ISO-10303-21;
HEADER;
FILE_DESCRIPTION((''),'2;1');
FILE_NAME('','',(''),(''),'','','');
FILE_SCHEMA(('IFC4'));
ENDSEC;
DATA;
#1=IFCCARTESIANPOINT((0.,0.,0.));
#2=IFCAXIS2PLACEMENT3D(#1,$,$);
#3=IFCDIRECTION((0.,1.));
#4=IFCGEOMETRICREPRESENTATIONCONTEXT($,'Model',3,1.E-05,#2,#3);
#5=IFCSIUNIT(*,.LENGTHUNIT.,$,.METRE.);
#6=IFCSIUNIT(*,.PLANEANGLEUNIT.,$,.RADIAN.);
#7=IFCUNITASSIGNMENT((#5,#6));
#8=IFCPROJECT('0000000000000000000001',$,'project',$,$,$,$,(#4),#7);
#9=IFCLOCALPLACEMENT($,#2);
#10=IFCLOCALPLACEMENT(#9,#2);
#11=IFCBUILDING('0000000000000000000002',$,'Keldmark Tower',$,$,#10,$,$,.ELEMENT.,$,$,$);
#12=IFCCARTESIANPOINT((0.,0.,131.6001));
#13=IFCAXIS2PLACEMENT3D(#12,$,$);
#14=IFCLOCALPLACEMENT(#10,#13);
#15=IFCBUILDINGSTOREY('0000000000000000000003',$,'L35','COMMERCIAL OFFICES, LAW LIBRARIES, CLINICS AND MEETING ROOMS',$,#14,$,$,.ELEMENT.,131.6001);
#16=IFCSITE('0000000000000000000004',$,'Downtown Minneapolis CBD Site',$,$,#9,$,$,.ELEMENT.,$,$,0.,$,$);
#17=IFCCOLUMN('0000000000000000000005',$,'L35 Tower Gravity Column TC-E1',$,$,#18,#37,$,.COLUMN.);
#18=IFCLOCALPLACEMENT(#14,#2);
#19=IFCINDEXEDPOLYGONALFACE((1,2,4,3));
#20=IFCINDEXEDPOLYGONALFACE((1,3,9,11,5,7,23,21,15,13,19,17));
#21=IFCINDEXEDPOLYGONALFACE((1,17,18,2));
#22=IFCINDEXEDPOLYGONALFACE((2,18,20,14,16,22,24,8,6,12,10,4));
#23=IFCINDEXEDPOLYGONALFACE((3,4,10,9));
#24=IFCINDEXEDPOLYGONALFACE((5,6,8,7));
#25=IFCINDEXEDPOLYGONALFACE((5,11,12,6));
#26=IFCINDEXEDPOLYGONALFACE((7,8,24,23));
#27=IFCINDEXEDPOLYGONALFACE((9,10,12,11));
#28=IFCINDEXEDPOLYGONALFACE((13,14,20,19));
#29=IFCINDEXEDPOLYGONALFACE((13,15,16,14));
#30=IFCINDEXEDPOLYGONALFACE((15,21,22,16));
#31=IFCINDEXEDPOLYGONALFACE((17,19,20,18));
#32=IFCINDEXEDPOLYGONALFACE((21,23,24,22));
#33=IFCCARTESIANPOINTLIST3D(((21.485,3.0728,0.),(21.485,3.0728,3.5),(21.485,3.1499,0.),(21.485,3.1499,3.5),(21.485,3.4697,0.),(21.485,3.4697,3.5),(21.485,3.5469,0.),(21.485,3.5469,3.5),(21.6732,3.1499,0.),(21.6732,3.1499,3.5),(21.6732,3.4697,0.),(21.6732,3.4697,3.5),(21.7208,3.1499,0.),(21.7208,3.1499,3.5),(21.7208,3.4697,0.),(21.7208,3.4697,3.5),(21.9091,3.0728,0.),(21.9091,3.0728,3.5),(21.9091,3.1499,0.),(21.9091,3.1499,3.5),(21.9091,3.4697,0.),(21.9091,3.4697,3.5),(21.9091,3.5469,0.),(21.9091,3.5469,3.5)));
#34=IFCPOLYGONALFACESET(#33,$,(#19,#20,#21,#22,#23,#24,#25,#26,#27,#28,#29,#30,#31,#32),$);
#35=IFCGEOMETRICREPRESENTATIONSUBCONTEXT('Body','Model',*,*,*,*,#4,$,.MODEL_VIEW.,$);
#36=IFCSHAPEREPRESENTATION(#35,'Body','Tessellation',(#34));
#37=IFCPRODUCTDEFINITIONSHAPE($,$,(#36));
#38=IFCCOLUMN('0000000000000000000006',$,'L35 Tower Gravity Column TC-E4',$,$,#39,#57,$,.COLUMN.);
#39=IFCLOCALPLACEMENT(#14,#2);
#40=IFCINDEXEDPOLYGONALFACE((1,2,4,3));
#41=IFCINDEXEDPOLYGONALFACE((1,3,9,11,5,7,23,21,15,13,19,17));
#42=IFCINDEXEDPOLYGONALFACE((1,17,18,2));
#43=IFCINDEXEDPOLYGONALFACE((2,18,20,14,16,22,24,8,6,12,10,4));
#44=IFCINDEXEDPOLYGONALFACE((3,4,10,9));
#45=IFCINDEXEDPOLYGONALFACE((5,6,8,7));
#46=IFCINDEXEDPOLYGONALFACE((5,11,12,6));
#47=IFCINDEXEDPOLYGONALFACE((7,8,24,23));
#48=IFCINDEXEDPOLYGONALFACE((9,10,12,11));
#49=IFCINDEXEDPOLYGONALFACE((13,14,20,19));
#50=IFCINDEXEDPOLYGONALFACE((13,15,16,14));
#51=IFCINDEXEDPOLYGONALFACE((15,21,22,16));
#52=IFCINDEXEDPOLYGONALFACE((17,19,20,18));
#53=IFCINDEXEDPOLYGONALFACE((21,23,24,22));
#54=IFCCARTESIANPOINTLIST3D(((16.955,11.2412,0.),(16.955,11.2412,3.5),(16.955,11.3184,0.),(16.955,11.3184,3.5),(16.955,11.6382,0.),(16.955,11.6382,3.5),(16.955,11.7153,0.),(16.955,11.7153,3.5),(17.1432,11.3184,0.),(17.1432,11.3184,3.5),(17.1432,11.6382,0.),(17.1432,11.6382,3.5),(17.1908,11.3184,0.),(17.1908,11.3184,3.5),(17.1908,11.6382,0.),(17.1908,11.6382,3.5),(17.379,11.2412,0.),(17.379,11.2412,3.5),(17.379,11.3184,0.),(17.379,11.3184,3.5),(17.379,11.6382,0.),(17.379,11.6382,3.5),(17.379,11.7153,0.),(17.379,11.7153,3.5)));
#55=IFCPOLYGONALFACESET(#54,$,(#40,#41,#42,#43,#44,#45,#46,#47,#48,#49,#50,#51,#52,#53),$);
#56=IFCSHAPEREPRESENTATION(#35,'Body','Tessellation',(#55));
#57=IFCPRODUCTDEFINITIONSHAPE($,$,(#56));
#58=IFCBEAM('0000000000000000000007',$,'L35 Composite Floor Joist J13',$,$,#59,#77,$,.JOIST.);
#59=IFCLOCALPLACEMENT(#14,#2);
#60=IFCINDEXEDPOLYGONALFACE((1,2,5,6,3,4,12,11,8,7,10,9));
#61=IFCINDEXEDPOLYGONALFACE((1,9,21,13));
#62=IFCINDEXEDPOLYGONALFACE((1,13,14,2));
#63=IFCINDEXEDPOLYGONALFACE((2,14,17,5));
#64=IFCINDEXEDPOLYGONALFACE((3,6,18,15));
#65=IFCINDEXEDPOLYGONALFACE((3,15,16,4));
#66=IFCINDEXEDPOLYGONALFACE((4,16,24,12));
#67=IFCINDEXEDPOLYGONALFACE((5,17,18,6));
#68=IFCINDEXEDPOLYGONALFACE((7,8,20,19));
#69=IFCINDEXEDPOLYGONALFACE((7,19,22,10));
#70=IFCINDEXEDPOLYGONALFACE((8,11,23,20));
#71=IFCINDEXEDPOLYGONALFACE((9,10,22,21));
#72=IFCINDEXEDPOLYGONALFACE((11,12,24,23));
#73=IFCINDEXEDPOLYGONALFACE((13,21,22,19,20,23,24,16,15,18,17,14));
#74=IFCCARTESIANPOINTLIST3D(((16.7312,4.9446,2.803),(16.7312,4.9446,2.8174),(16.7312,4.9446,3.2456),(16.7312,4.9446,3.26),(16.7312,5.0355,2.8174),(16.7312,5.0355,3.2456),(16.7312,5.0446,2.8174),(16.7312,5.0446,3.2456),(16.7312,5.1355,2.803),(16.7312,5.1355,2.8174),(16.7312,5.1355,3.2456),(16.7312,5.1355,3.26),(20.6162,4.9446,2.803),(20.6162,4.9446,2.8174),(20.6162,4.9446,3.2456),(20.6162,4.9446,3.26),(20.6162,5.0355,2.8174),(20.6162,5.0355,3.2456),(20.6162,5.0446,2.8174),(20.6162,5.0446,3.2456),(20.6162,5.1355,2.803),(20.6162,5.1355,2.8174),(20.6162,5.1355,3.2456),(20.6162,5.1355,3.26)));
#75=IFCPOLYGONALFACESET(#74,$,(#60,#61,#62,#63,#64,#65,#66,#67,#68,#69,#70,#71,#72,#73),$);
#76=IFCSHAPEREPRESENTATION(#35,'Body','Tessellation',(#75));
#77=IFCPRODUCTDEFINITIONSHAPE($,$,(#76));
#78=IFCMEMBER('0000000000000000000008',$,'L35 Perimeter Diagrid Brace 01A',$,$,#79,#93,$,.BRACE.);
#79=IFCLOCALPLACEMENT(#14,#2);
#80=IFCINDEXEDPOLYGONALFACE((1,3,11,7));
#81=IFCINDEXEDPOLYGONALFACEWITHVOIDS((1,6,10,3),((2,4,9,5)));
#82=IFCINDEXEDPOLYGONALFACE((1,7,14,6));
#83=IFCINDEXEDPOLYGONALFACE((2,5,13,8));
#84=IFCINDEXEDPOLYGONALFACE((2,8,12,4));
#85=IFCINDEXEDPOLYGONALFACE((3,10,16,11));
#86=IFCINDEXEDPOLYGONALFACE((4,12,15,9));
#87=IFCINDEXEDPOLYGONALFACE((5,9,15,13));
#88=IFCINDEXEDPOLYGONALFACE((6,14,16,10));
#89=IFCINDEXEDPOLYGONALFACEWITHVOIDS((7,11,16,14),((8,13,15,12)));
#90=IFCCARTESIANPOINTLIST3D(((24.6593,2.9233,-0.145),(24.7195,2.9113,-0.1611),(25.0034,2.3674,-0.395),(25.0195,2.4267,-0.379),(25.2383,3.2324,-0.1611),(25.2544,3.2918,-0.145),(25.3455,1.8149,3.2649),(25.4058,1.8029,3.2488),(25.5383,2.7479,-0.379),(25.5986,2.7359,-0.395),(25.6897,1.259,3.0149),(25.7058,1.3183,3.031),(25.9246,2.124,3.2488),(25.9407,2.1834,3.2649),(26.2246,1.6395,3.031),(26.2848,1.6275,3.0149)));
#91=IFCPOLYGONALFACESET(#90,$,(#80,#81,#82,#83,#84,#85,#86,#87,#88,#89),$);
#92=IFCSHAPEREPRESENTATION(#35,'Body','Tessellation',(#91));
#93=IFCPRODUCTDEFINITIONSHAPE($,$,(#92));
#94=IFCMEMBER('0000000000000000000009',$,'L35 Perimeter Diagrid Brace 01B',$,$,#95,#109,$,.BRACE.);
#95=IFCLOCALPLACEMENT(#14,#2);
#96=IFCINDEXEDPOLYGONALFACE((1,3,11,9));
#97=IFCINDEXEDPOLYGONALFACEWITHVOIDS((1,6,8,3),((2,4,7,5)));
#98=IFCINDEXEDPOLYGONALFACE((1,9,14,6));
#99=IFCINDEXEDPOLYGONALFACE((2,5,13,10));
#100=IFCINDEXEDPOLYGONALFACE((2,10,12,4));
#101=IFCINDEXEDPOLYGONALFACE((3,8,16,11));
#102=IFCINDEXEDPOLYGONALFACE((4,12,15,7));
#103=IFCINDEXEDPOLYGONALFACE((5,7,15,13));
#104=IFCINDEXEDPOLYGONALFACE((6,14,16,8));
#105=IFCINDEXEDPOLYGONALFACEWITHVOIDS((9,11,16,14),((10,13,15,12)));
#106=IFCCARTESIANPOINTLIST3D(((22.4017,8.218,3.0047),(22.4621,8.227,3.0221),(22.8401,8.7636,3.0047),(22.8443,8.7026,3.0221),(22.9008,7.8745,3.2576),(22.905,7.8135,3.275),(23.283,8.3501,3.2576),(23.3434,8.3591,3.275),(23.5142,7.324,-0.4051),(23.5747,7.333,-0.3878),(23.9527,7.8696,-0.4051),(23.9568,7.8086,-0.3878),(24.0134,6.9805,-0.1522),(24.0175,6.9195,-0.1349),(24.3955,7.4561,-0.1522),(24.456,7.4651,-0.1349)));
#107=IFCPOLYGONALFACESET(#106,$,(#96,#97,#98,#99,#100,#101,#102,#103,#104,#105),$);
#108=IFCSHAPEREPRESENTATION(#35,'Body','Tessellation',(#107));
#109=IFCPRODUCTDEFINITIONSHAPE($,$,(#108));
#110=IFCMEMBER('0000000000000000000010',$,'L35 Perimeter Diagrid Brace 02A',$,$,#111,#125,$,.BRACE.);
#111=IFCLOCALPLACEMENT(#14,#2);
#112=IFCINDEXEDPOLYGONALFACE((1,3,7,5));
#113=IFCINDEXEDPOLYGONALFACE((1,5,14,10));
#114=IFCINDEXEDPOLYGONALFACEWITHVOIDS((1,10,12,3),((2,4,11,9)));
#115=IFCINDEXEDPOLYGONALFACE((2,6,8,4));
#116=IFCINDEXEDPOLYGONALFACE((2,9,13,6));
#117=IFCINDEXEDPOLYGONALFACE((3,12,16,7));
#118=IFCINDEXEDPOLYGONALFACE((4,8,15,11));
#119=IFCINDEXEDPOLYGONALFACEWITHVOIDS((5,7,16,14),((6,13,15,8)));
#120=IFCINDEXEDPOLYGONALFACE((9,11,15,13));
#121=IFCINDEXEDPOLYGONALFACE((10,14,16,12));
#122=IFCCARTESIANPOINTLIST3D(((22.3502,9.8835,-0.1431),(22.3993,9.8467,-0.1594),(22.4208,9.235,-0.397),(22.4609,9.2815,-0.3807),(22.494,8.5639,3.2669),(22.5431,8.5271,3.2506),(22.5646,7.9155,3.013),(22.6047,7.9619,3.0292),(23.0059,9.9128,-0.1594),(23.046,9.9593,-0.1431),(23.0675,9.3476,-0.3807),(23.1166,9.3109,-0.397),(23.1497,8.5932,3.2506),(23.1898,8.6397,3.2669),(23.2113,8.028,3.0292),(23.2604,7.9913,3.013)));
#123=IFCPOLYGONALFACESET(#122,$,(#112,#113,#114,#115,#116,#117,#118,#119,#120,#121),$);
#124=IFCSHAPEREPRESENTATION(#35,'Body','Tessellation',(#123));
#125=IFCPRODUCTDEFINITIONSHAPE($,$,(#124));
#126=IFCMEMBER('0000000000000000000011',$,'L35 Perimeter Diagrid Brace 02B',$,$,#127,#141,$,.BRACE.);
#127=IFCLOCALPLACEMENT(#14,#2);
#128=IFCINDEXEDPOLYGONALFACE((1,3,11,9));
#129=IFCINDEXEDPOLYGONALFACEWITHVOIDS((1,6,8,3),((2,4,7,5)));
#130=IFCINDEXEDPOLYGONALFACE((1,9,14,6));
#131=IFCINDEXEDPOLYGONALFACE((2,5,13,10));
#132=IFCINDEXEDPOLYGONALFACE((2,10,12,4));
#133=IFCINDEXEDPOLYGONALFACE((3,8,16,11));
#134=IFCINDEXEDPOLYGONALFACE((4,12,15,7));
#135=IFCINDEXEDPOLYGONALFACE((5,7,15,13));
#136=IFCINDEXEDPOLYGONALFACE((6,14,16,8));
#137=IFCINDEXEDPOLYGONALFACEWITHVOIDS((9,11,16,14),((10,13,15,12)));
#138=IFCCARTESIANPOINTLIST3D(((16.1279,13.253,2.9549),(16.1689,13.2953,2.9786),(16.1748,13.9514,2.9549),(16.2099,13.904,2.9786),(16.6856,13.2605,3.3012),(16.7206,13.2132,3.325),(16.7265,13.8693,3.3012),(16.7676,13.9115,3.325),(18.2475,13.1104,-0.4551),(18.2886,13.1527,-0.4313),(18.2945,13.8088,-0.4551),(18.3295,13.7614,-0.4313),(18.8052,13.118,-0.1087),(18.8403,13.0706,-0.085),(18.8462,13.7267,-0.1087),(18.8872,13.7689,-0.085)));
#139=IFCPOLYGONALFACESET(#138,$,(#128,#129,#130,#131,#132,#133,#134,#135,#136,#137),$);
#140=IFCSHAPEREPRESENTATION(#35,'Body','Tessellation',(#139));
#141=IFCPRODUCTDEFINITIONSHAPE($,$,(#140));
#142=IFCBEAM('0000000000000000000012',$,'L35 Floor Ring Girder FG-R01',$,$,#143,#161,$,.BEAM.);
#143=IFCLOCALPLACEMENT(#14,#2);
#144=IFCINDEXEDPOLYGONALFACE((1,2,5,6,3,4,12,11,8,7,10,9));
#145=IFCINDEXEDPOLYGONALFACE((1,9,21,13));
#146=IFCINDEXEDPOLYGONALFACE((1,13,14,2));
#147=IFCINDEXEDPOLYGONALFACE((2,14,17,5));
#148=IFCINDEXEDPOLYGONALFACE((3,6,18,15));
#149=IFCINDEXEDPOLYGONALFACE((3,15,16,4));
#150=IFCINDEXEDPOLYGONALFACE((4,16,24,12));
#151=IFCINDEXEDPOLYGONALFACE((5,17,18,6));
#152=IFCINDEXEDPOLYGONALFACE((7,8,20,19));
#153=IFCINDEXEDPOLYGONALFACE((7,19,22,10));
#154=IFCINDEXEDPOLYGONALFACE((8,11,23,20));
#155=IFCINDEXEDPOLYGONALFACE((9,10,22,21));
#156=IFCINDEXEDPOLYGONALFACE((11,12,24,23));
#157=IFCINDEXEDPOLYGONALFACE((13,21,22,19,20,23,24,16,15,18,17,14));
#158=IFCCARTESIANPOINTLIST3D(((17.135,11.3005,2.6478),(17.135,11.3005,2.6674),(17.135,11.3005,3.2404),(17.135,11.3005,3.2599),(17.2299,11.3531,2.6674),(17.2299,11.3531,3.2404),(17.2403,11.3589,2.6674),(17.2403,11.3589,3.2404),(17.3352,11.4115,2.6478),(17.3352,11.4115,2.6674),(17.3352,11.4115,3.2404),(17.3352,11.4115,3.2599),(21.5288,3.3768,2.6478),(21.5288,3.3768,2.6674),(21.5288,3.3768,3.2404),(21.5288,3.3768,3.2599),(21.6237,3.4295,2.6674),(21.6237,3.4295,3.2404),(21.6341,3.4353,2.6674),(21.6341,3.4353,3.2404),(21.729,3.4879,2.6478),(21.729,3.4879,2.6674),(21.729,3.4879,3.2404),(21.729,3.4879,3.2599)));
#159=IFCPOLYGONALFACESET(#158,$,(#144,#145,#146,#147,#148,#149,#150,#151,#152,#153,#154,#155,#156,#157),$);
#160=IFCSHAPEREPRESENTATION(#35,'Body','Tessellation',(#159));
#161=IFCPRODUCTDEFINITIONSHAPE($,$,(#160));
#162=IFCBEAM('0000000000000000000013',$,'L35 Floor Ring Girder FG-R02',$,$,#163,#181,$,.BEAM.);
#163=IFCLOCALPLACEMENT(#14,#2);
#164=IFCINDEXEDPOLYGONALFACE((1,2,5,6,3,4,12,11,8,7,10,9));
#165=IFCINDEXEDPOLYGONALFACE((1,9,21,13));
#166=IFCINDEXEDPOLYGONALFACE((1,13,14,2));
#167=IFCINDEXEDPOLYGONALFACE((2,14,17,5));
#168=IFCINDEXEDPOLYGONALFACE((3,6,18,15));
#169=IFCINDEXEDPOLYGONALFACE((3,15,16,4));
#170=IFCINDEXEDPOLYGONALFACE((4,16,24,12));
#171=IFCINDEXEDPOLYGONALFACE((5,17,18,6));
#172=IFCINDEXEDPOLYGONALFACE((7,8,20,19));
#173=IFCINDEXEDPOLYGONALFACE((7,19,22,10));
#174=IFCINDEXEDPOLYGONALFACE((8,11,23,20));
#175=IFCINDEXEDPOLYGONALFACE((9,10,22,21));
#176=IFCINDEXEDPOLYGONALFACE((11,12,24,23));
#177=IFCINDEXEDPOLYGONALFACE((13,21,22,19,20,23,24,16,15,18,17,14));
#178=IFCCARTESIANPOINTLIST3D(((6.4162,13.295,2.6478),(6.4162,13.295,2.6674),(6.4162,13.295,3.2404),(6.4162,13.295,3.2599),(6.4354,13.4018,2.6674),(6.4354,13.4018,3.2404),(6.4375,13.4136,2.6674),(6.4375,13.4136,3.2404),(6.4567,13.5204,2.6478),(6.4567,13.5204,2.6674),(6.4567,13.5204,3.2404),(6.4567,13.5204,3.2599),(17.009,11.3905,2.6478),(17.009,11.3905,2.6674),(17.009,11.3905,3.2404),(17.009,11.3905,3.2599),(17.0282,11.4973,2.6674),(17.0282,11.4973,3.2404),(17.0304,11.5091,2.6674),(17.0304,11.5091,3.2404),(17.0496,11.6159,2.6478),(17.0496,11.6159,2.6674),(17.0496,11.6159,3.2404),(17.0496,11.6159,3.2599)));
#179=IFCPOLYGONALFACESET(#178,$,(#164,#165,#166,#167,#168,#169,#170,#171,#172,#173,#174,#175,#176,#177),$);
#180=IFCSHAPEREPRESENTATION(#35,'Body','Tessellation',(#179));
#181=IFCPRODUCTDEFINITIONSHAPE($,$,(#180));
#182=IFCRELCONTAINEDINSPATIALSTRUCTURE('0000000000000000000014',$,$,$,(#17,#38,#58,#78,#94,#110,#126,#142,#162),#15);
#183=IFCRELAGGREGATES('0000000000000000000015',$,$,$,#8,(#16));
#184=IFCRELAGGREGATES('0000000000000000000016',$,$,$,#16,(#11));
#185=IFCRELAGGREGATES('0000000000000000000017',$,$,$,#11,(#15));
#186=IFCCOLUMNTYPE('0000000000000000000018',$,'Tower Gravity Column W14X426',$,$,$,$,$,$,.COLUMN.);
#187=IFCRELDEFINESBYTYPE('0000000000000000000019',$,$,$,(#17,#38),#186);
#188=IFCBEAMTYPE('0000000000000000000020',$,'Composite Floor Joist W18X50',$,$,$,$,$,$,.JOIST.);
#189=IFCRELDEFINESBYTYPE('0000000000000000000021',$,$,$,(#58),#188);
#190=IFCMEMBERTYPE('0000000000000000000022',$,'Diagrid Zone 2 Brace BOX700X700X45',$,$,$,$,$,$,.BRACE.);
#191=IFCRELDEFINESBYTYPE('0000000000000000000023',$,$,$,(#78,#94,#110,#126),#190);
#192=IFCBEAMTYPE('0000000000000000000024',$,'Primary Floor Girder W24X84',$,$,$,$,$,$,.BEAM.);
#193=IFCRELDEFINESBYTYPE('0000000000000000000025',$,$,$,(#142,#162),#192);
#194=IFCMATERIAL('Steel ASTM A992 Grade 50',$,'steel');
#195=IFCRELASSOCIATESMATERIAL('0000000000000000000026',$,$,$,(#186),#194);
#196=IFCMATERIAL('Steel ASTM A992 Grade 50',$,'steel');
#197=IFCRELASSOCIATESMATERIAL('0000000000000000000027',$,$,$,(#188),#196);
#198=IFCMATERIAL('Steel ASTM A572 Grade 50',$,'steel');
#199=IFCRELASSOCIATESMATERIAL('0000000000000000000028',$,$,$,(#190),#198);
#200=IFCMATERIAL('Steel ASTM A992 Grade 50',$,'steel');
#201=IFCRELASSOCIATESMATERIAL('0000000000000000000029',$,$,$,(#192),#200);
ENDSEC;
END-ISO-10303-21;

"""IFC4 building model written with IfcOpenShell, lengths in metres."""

from ifc_helpers import new_model, si_unit, direction, frame, origin, origin_2d, place, context, subcontext, project, spatial, hollow_rectangle, i_section, extrude, material, material_profile, profile_set, type_object, element, save


model = new_model("IFC4")

# Units and contexts
model_context = context("Model", 3, precision=1e-05, world=origin(), true_north=direction((0.0, 1.0)))
body_context = subcontext(model_context, "Body", "Model", "MODEL_VIEW")
ifc_project = project(units=[si_unit("LENGTHUNIT", "METRE"), si_unit("PLANEANGLEUNIT", "RADIAN")], contexts=[model_context])

# Site, building, storey
site_placement = place(None, origin())
site = spatial("IfcSite", under=ifc_project, at=site_placement, Name="Downtown Minneapolis CBD Site", CompositionType="ELEMENT", RefElevation=0.0)
building_placement = place(site_placement, origin())
building = spatial("IfcBuilding", under=site, at=building_placement, Name="Keldmark Tower", CompositionType="ELEMENT")
storey_placement = place(building_placement, frame((0.0, 0.0, 131.6001)))
storey = spatial("IfcBuildingStorey", under=building, at=storey_placement, Name="L35", Description="COMMERCIAL OFFICES, LAW LIBRARIES, CLINICS AND MEETING ROOMS", CompositionType="ELEMENT", Elevation=131.6001)

# Columns
ifc_material_1 = material(Name="Steel ASTM A992 Grade 50", Category="steel")
ifc_material_profile_1 = material_profile(ifc_material_1, i_section(OverallWidth=0.4241, OverallDepth=0.4741, WebThickness=0.0476, FlangeThickness=0.0771, at=origin_2d()), Name="W14X426")
ifc_profile_set_1 = profile_set([ifc_material_profile_1], Name="Steel ASTM A992 Grade 50")
column_type = type_object("IfcColumnType", Name="Tower Gravity Column W14X426", PredefinedType="COLUMN", material=ifc_profile_set_1)
for number, where, z_axis, x_axis, name in (
    (1, (21.697, 3.3098, 0.0), (0.0, 0.0, 1.0), (1.0, 0.0, 0.0), "L35 Tower Gravity Column TC-E1"),
    (2, (17.167, 11.4783, 0.0), (0.0, 0.0, 1.0), (1.0, 0.0, 0.0), "L35 Tower Gravity Column TC-E4"),
):
    element("IfcColumn", number, at=place(storey_placement, frame(where, z_axis=z_axis, x_axis=x_axis)), inside=storey, type_object=column_type, Name=name, PredefinedType="COLUMN", context=body_context, shape_type="SweptSolid", body=[
        extrude(i_section(OverallWidth=0.4241, OverallDepth=0.4741, WebThickness=0.0476, FlangeThickness=0.0771, at=origin_2d()), origin(), (0.0, 0.0, 1.0), 3.5),
    ])

# Beam
ifc_material_2 = material(Name="Steel ASTM A992 Grade 50", Category="steel")
ifc_material_profile_2 = material_profile(ifc_material_2, i_section(OverallWidth=0.1909, OverallDepth=0.457, WebThickness=0.009, FlangeThickness=0.0144, at=origin_2d()), Name="W18X50")
ifc_profile_set_2 = profile_set([ifc_material_profile_2], Name="Steel ASTM A992 Grade 50")
beam_type_1 = type_object("IfcBeamType", Name="Composite Floor Joist W18X50", PredefinedType="JOIST", material=ifc_profile_set_2)
beam_1_placement = place(storey_placement, frame((16.7312, 5.04, 3.0315), z_axis=(1.0, 0.0, 0.0), x_axis=(0.0, 1.0, 0.0)))
element("IfcBeam", 3, at=beam_1_placement, inside=storey, type_object=beam_type_1, Name="L35 Composite Floor Joist J13", PredefinedType="JOIST", context=body_context, shape_type="SweptSolid", body=[
    extrude(i_section(OverallWidth=0.1909, OverallDepth=0.457, WebThickness=0.009, FlangeThickness=0.0144, at=origin_2d()), origin(), (0.0, 0.0, 1.0), 3.885),
])

# Members
ifc_material_3 = material(Name="Steel ASTM A572 Grade 50", Category="steel")
ifc_material_profile_3 = material_profile(ifc_material_3, hollow_rectangle(XDim=0.7, YDim=0.7, WallThickness=0.0449, at=origin_2d()), Name="BOX700X700X45")
ifc_profile_set_3 = profile_set([ifc_material_profile_3], Name="Steel ASTM A572 Grade 50")
member_type = type_object("IfcMemberType", Name="Diagrid Zone 2 Brace BOX700X700X45", PredefinedType="BRACE", material=ifc_profile_set_3)
member_1_placement = place(storey_placement, frame((25.1289, 2.8296, -0.27), z_axis=(0.18799, -0.303619, 0.934064), x_axis=(0.850221, 0.526426, 0.0)))
element("IfcMember", 4, at=member_1_placement, inside=storey, type_object=member_type, Name="L35 Perimeter Diagrid Brace 01A", PredefinedType="BRACE", context=body_context, shape_type="SweptSolid", body=[
    extrude(hollow_rectangle(XDim=0.7, YDim=0.7, WallThickness=0.0449, at=origin_2d()), origin(), (0.0, 0.0, 1.0), 3.6506),
])
member_2_placement = place(storey_placement, frame((23.9851, 7.3945, -0.27), z_axis=(-0.300968, 0.241858, 0.922455), x_axis=(-0.626404, -0.779498, 0.0)))
element("IfcMember", 5, at=member_2_placement, inside=storey, type_object=member_type, Name="L35 Perimeter Diagrid Brace 01B", PredefinedType="BRACE", context=body_context, shape_type="SweptSolid", body=[
    extrude(hollow_rectangle(XDim=0.7, YDim=0.7, WallThickness=0.0449, at=origin_2d()), origin(), (0.0, 0.0, 1.0), 3.6965),
])
member_3_placement = place(storey_placement, frame((22.7334, 9.5972, -0.27), z_axis=(0.039298, -0.360624, 0.931883), x_axis=(0.994115, 0.108332, 0.0)))
element("IfcMember", 6, at=member_3_placement, inside=storey, type_object=member_type, Name="L35 Perimeter Diagrid Brace 02A", PredefinedType="BRACE", context=body_context, shape_type="SweptSolid", body=[
    extrude(hollow_rectangle(XDim=0.7, YDim=0.7, WallThickness=0.0449, at=origin_2d()), origin(), (0.0, 0.0, 1.0), 3.6592),
])
member_4_placement = place(storey_placement, frame((18.5674, 13.4397, -0.27), z_axis=(-0.527593, 0.035489, 0.848755), x_axis=(-0.067114, -0.997745, 0.0)))
element("IfcMember", 7, at=member_4_placement, inside=storey, type_object=member_type, Name="L35 Perimeter Diagrid Brace 02B", PredefinedType="BRACE", context=body_context, shape_type="SweptSolid", body=[
    extrude(hollow_rectangle(XDim=0.7, YDim=0.7, WallThickness=0.0449, at=origin_2d()), origin(), (0.0, 0.0, 1.0), 4.0176),
])

# Beams
ifc_material_4 = material(Name="Steel ASTM A992 Grade 50", Category="steel")
ifc_material_profile_4 = material_profile(ifc_material_4, i_section(OverallWidth=0.229, OverallDepth=0.6121, WebThickness=0.012, FlangeThickness=0.0195, at=origin_2d()), Name="W24X84")
ifc_profile_set_4 = profile_set([ifc_material_profile_4], Name="Steel ASTM A992 Grade 50")
beam_type_2 = type_object("IfcBeamType", Name="Primary Floor Girder W24X84", PredefinedType="BEAM", material=ifc_profile_set_4)
beam_2_placement = place(storey_placement, frame((21.6289, 3.4324, 2.9539), z_axis=(-0.484952, 0.874541, 0.0), x_axis=(-0.874541, -0.484952, 0.0)))
element("IfcBeam", 8, at=beam_2_placement, inside=storey, type_object=beam_type_2, Name="L35 Floor Ring Girder FG-R01", PredefinedType="BEAM", context=body_context, shape_type="SweptSolid", body=[
    extrude(i_section(OverallWidth=0.229, OverallDepth=0.6121, WebThickness=0.012, FlangeThickness=0.0195, at=origin_2d()), origin(), (0.0, 0.0, 1.0), 9.0603),
])
beam_3_placement = place(storey_placement, frame((17.0293, 11.5032, 2.9539), z_axis=(-0.984218, 0.176959, 0.0), x_axis=(-0.176959, -0.984218, 0.0)))
element("IfcBeam", 9, at=beam_3_placement, inside=storey, type_object=beam_type_2, Name="L35 Floor Ring Girder FG-R02", PredefinedType="BEAM", context=body_context, shape_type="SweptSolid", body=[
    extrude(i_section(OverallWidth=0.229, OverallDepth=0.6121, WebThickness=0.012, FlangeThickness=0.0195, at=origin_2d()), origin(), (0.0, 0.0, 1.0), 10.7627),
])

save(model, "model.ifc")
